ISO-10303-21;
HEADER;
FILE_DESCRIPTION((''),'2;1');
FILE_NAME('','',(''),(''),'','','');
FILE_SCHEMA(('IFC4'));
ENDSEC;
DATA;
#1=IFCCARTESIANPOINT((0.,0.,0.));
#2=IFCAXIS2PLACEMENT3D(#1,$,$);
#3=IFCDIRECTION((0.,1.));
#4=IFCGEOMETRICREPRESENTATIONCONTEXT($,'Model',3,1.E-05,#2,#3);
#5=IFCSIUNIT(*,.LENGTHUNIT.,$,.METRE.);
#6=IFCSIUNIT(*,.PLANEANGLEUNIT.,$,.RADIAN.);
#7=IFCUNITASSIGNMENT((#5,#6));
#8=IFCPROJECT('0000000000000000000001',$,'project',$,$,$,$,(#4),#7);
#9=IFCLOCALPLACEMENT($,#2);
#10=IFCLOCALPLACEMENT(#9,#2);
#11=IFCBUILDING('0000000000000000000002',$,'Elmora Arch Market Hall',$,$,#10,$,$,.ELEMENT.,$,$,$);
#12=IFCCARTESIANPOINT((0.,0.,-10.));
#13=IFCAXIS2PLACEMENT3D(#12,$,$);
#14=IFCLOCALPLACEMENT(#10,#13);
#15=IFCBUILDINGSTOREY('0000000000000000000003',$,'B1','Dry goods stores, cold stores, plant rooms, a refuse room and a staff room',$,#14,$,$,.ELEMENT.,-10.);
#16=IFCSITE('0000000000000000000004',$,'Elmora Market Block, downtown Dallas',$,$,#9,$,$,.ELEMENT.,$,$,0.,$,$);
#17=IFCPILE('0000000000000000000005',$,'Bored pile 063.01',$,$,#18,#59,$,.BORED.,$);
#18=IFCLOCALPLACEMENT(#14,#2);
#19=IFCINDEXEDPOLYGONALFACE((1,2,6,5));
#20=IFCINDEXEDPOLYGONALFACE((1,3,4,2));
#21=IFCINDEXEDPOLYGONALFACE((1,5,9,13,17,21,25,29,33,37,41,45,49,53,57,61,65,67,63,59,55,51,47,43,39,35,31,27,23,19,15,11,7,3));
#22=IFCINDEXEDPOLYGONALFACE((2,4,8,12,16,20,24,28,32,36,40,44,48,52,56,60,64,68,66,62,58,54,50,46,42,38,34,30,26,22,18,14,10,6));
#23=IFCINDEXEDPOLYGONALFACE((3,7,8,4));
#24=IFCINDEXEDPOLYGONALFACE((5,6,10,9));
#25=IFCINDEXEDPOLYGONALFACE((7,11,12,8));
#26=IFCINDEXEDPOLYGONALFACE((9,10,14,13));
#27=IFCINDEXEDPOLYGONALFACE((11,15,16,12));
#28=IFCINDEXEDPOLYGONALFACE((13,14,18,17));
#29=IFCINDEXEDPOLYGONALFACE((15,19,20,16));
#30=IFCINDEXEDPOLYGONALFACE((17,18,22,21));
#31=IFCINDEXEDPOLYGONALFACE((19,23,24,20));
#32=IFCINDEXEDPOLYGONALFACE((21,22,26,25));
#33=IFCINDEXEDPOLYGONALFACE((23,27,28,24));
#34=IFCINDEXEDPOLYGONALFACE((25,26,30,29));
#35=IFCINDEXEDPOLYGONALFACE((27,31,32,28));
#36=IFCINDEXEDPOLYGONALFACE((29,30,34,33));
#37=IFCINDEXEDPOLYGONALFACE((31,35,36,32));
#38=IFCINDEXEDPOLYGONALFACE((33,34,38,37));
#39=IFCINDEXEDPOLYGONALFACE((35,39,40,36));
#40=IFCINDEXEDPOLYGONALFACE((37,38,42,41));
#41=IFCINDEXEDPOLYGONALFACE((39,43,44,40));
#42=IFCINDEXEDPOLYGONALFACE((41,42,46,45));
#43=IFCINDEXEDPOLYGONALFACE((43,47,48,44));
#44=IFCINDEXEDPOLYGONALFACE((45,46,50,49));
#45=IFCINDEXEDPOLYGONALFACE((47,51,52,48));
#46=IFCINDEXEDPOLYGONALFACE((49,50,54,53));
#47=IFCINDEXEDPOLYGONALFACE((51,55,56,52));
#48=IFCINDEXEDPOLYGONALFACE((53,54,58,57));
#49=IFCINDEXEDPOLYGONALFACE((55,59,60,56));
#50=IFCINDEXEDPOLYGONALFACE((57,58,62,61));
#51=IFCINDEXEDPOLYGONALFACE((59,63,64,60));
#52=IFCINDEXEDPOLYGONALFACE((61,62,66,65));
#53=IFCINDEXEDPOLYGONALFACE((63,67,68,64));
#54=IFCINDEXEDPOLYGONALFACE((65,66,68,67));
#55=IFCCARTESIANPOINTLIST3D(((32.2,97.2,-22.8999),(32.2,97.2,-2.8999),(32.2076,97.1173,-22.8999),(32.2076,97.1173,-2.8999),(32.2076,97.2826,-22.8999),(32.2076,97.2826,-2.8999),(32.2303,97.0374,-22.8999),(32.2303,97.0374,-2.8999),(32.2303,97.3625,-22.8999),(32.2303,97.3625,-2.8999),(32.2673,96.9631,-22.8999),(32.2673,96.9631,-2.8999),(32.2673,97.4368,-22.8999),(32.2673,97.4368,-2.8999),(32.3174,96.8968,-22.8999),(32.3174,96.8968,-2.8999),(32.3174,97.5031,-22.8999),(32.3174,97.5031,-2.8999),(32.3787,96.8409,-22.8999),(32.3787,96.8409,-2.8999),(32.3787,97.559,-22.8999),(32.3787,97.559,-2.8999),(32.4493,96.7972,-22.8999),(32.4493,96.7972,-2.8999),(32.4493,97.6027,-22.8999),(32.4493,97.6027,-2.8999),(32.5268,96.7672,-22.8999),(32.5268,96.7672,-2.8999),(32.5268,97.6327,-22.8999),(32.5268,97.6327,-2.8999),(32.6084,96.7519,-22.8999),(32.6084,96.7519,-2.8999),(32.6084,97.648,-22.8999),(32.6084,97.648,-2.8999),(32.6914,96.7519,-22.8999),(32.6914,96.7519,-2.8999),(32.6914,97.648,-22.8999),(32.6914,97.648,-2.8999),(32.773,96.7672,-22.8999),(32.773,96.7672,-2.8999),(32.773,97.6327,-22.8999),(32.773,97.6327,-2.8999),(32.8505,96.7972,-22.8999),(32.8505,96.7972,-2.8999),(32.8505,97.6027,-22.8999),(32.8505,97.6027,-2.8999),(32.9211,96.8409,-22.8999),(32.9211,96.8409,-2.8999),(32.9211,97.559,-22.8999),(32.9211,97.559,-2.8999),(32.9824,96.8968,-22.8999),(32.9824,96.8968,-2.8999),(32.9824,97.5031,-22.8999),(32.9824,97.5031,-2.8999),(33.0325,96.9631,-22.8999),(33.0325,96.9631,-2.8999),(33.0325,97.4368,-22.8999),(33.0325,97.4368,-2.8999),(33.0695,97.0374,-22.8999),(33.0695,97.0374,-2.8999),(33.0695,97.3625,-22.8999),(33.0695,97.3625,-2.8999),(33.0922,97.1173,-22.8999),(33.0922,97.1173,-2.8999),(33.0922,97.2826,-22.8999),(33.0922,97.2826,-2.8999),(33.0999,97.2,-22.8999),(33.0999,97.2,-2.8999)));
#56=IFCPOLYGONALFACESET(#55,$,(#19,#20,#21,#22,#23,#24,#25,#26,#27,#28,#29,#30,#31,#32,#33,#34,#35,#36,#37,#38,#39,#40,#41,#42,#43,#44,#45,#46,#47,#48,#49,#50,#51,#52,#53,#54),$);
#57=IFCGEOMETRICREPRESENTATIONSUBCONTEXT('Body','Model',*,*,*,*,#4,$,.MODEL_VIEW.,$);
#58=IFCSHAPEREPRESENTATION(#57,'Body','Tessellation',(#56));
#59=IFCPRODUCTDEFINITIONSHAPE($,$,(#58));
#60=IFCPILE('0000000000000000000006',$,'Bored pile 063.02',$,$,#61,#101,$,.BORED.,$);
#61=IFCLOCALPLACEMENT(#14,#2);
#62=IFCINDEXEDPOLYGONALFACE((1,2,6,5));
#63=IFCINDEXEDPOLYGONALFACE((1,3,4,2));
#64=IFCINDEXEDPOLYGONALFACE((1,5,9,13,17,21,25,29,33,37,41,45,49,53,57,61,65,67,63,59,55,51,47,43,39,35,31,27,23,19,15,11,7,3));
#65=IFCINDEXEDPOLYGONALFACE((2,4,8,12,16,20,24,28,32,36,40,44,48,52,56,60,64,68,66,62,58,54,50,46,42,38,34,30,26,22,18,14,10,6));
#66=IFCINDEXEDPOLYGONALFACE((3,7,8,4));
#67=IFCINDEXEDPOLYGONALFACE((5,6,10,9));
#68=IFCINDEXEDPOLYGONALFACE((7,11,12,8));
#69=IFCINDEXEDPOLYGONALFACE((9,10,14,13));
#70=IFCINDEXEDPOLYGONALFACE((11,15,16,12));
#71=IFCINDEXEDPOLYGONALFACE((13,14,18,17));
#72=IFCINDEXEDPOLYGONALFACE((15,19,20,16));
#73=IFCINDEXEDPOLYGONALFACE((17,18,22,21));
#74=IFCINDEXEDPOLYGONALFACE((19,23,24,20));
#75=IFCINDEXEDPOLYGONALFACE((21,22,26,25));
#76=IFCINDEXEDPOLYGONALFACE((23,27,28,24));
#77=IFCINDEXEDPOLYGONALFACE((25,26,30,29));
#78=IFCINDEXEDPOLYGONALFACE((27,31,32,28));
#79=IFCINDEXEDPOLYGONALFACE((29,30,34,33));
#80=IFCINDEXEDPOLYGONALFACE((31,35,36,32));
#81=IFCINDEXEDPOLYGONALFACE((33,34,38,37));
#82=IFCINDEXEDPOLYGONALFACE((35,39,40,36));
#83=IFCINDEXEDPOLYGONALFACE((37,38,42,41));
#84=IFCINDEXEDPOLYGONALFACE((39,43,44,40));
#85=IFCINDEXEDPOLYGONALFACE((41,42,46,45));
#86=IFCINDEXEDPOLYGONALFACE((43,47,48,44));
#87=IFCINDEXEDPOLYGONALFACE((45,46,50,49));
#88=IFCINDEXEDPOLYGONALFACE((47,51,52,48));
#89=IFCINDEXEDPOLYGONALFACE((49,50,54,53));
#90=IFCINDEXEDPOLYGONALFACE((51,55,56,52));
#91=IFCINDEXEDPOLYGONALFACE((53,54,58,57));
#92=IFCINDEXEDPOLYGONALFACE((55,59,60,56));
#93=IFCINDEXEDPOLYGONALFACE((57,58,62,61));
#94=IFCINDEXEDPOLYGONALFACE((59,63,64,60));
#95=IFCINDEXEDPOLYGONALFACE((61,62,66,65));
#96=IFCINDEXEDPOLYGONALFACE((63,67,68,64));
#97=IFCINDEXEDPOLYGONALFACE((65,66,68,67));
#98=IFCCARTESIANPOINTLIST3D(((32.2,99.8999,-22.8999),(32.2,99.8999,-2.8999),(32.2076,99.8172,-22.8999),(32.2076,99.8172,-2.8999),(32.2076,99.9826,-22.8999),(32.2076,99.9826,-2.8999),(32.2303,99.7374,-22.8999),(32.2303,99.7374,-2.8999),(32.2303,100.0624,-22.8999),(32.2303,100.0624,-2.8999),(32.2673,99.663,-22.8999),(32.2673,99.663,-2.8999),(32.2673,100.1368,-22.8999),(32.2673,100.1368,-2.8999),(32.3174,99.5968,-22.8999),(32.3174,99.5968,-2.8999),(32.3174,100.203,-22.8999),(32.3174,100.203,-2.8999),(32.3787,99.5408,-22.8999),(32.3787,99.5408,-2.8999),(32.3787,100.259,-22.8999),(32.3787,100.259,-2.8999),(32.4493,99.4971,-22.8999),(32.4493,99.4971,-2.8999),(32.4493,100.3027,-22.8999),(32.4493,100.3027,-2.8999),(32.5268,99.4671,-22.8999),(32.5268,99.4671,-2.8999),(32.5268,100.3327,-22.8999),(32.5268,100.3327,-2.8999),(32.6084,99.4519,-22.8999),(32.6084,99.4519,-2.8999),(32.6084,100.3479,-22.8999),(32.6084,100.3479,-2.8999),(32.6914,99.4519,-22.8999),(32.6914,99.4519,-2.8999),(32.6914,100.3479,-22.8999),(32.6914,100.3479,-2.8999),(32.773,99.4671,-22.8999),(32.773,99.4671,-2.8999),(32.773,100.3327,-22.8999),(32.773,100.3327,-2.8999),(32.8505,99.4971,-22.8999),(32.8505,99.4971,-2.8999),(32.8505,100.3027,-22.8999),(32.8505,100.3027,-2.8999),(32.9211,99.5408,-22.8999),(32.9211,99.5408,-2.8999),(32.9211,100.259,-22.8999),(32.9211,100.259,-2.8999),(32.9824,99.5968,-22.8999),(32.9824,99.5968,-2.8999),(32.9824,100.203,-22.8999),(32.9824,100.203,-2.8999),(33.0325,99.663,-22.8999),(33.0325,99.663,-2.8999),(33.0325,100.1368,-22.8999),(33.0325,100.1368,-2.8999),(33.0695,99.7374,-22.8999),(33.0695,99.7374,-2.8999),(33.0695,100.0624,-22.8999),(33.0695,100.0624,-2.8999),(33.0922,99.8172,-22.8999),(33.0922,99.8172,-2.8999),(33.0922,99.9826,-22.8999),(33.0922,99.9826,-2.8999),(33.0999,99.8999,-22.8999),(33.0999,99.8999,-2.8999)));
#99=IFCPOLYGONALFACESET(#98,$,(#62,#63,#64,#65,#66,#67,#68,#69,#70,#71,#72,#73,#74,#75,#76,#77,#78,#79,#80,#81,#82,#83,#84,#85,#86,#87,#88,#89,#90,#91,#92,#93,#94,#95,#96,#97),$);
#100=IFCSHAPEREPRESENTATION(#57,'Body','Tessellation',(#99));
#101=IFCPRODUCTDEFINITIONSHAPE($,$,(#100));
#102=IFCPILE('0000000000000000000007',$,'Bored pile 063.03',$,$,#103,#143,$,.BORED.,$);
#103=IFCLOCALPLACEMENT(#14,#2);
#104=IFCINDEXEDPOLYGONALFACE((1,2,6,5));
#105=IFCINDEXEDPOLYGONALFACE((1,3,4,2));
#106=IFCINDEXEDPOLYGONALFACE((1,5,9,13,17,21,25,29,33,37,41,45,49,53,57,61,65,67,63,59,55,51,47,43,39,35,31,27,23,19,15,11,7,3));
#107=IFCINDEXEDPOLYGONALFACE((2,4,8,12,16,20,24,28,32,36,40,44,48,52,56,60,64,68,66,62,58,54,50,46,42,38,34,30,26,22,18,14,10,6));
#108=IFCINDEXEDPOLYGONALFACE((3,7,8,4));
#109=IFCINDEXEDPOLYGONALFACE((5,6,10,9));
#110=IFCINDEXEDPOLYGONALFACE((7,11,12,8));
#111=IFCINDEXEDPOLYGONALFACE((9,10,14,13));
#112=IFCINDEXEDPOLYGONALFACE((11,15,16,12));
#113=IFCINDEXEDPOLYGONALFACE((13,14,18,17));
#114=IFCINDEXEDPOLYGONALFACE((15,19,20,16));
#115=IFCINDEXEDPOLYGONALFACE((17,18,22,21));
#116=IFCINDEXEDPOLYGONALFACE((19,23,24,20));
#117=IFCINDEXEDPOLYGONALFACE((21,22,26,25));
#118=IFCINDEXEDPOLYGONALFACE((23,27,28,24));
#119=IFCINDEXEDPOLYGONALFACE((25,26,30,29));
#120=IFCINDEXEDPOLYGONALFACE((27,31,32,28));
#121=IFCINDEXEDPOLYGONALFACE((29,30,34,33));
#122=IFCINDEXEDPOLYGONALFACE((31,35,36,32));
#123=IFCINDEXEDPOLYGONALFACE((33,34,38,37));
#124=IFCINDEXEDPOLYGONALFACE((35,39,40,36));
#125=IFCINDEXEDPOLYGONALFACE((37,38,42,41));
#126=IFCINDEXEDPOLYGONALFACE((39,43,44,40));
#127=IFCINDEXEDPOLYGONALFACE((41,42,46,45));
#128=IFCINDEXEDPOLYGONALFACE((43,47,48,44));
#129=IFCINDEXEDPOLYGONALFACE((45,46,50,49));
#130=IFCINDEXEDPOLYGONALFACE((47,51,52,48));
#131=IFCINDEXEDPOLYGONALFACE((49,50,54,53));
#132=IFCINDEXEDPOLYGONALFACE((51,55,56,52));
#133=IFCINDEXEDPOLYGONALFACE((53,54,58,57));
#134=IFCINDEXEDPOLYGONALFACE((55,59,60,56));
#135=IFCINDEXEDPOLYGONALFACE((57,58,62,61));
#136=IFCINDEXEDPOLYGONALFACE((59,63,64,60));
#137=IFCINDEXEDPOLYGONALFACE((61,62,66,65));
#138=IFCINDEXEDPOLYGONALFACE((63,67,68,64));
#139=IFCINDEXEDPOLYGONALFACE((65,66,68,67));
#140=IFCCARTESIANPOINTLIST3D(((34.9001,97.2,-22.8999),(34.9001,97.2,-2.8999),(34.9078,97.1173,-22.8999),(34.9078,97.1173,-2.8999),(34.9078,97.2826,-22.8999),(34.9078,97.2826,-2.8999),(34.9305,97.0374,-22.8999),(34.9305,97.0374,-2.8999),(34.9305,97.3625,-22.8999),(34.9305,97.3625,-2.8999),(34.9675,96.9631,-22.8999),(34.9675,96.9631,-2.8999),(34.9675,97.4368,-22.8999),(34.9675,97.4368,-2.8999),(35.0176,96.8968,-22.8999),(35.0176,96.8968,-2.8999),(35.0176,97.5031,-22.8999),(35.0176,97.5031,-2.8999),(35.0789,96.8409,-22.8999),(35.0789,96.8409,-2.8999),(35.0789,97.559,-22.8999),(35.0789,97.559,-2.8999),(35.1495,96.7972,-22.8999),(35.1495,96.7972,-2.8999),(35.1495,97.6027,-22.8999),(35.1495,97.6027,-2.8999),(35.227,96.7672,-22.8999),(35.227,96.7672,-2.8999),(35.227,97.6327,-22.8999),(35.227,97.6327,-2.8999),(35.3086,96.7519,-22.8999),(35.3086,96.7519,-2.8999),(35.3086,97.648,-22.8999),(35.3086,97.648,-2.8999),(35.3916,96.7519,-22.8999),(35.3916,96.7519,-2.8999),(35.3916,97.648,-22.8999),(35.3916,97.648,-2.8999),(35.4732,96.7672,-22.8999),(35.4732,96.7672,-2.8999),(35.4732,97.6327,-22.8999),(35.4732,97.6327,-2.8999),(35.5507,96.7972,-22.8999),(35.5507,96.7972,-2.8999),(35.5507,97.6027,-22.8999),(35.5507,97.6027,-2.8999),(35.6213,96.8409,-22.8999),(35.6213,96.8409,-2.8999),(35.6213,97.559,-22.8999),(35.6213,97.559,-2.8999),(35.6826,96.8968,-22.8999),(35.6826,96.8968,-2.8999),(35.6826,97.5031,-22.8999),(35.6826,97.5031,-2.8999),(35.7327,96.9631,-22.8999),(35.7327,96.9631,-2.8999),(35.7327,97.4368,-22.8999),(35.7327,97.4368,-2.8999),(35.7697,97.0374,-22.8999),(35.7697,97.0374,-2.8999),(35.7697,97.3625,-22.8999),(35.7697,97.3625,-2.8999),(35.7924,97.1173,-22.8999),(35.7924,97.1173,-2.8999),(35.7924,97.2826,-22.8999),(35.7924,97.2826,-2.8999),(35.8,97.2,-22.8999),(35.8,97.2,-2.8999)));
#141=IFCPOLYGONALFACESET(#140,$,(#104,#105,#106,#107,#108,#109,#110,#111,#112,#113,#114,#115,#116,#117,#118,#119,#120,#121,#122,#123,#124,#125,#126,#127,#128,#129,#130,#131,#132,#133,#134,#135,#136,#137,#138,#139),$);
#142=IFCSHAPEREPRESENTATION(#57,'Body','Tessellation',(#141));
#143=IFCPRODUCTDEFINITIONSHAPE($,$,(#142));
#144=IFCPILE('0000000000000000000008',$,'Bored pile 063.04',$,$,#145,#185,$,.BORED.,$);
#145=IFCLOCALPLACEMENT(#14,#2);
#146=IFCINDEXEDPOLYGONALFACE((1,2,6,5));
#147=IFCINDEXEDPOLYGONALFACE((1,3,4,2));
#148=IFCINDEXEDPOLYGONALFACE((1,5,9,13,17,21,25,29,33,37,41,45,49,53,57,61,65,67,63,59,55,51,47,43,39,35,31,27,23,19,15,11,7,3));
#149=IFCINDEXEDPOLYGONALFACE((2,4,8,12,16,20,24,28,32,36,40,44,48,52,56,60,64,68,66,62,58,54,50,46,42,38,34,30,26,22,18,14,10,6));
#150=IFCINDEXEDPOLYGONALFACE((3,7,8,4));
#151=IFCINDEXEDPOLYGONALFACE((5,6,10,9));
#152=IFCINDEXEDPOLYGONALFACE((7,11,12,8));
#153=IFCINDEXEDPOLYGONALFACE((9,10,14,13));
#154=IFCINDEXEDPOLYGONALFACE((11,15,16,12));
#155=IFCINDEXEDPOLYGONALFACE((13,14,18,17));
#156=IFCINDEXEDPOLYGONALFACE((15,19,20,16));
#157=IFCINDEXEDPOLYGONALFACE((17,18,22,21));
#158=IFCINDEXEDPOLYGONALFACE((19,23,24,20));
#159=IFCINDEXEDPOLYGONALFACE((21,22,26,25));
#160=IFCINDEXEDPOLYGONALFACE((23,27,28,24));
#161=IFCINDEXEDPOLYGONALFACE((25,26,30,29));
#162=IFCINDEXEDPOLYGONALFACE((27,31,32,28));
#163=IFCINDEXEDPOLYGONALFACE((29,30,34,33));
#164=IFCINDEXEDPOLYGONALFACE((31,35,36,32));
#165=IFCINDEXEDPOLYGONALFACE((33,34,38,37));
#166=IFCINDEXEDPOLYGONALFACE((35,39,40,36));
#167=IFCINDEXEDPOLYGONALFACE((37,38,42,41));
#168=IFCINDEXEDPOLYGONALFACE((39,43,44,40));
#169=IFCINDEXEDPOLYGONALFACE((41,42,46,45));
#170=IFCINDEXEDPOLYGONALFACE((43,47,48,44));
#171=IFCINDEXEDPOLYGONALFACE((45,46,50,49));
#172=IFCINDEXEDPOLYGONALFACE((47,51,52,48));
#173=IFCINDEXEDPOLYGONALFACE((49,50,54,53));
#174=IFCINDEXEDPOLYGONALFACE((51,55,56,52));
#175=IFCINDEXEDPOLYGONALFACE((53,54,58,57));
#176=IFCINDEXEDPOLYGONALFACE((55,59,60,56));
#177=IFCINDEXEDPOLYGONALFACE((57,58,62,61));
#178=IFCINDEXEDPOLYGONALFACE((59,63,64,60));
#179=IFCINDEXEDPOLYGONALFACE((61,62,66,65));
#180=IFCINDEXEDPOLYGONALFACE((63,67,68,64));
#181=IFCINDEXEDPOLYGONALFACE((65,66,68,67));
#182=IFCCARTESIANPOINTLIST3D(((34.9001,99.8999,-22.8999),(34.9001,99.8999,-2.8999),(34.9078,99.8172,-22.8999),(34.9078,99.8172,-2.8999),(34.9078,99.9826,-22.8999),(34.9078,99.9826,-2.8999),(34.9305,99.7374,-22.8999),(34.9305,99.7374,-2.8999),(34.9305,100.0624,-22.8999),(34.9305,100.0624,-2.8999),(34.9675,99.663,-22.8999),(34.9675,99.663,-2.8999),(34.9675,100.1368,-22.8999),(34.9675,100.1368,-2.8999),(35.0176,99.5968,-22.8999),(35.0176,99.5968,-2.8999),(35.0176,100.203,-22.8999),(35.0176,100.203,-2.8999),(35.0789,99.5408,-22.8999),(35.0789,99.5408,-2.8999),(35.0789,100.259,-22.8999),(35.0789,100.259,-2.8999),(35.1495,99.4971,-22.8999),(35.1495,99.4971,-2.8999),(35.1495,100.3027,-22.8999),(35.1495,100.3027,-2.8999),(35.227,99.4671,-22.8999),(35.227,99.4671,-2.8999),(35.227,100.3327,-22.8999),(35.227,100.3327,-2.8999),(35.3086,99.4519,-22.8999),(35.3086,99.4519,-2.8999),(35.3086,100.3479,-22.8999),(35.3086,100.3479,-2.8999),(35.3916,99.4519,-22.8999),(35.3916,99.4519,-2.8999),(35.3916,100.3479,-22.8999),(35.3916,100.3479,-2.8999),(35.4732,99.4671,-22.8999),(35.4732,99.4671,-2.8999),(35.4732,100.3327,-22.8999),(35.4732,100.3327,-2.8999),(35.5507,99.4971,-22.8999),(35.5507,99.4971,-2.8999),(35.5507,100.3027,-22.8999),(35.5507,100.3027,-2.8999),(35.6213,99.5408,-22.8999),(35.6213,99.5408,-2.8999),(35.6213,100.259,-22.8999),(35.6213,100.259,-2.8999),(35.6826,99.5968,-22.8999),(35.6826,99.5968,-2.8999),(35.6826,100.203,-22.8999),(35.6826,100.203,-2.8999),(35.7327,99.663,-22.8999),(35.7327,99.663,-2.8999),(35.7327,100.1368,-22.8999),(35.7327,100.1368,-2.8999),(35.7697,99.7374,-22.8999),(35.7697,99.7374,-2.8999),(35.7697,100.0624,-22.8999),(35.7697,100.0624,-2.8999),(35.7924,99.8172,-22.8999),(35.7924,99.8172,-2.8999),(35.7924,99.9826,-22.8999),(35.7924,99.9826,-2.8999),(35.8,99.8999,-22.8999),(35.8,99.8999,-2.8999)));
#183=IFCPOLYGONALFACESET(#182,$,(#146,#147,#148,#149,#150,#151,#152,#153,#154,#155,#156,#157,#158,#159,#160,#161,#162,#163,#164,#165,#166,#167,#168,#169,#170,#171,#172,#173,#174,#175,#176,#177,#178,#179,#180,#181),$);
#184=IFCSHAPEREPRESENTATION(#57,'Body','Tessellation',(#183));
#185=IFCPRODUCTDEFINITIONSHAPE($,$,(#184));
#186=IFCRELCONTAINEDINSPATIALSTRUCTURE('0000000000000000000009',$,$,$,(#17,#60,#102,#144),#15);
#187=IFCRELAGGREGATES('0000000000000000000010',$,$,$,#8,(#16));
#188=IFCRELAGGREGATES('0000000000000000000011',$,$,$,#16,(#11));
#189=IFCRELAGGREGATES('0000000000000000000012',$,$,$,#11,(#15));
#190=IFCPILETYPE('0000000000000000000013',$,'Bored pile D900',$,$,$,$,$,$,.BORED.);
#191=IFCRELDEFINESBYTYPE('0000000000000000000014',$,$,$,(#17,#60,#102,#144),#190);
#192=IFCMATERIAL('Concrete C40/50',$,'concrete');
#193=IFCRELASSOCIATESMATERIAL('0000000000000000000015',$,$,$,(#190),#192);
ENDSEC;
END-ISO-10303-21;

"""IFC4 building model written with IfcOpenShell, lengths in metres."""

from ifc_helpers import new_model, si_unit, direction, frame, origin, origin_2d, place, context, subcontext, project, spatial, circle, extrude, material, material_profile, profile_set, type_object, element, save


model = new_model("IFC4")

# Units and contexts
model_context = context("Model", 3, precision=1e-05, world=origin(), true_north=direction((0.0, 1.0)))
body_context = subcontext(model_context, "Body", "Model", "MODEL_VIEW")
ifc_project = project(units=[si_unit("LENGTHUNIT", "METRE"), si_unit("PLANEANGLEUNIT", "RADIAN")], contexts=[model_context])

# Site, building, storey
site_placement = place(None, origin())
site = spatial("IfcSite", under=ifc_project, at=site_placement, Name="Elmora Market Block, downtown Dallas", CompositionType="ELEMENT", RefElevation=0.0)
building_placement = place(site_placement, origin())
building = spatial("IfcBuilding", under=site, at=building_placement, Name="Elmora Arch Market Hall", CompositionType="ELEMENT")
storey_placement = place(building_placement, frame((0.0, 0.0, -10.0)))
storey = spatial("IfcBuildingStorey", under=building, at=storey_placement, Name="B1", Description="Dry goods stores, cold stores, plant rooms, a refuse room and a staff room", CompositionType="ELEMENT", Elevation=-10.0)

# Piles
ifc_material_1 = material(Name="Concrete C40/50", Category="concrete")
ifc_material_profile_1 = material_profile(ifc_material_1, circle(Radius=0.45, at=origin_2d()), Name="Bored pile D900")
ifc_profile_set_1 = profile_set([ifc_material_profile_1], Name="Concrete C40/50")
pile_type = type_object("IfcPileType", Name="Bored pile D900", PredefinedType="BORED", material=ifc_profile_set_1)
for number, where, z_axis, x_axis, name in (
    (1, (32.6499, 97.2, -2.8999), (0.0, 0.0, -1.0), (1.0, 0.0, 0.0), "Bored pile 063.01"),
    (2, (32.6499, 99.8999, -2.8999), (0.0, 0.0, -1.0), (1.0, 0.0, 0.0), "Bored pile 063.02"),
    (3, (35.3501, 97.2, -2.8999), (0.0, 0.0, -1.0), (1.0, 0.0, 0.0), "Bored pile 063.03"),
    (4, (35.3501, 99.8999, -2.8999), (0.0, 0.0, -1.0), (1.0, 0.0, 0.0), "Bored pile 063.04"),
):
    element("IfcPile", number, at=place(storey_placement, frame(where, z_axis=z_axis, x_axis=x_axis)), inside=storey, type_object=pile_type, Name=name, PredefinedType="BORED", context=body_context, shape_type="SweptSolid", body=[
        extrude(circle(Radius=0.45, at=origin_2d()), origin(), (0.0, 0.0, 1.0), 20.0),
    ])

save(model, "model.ifc")
